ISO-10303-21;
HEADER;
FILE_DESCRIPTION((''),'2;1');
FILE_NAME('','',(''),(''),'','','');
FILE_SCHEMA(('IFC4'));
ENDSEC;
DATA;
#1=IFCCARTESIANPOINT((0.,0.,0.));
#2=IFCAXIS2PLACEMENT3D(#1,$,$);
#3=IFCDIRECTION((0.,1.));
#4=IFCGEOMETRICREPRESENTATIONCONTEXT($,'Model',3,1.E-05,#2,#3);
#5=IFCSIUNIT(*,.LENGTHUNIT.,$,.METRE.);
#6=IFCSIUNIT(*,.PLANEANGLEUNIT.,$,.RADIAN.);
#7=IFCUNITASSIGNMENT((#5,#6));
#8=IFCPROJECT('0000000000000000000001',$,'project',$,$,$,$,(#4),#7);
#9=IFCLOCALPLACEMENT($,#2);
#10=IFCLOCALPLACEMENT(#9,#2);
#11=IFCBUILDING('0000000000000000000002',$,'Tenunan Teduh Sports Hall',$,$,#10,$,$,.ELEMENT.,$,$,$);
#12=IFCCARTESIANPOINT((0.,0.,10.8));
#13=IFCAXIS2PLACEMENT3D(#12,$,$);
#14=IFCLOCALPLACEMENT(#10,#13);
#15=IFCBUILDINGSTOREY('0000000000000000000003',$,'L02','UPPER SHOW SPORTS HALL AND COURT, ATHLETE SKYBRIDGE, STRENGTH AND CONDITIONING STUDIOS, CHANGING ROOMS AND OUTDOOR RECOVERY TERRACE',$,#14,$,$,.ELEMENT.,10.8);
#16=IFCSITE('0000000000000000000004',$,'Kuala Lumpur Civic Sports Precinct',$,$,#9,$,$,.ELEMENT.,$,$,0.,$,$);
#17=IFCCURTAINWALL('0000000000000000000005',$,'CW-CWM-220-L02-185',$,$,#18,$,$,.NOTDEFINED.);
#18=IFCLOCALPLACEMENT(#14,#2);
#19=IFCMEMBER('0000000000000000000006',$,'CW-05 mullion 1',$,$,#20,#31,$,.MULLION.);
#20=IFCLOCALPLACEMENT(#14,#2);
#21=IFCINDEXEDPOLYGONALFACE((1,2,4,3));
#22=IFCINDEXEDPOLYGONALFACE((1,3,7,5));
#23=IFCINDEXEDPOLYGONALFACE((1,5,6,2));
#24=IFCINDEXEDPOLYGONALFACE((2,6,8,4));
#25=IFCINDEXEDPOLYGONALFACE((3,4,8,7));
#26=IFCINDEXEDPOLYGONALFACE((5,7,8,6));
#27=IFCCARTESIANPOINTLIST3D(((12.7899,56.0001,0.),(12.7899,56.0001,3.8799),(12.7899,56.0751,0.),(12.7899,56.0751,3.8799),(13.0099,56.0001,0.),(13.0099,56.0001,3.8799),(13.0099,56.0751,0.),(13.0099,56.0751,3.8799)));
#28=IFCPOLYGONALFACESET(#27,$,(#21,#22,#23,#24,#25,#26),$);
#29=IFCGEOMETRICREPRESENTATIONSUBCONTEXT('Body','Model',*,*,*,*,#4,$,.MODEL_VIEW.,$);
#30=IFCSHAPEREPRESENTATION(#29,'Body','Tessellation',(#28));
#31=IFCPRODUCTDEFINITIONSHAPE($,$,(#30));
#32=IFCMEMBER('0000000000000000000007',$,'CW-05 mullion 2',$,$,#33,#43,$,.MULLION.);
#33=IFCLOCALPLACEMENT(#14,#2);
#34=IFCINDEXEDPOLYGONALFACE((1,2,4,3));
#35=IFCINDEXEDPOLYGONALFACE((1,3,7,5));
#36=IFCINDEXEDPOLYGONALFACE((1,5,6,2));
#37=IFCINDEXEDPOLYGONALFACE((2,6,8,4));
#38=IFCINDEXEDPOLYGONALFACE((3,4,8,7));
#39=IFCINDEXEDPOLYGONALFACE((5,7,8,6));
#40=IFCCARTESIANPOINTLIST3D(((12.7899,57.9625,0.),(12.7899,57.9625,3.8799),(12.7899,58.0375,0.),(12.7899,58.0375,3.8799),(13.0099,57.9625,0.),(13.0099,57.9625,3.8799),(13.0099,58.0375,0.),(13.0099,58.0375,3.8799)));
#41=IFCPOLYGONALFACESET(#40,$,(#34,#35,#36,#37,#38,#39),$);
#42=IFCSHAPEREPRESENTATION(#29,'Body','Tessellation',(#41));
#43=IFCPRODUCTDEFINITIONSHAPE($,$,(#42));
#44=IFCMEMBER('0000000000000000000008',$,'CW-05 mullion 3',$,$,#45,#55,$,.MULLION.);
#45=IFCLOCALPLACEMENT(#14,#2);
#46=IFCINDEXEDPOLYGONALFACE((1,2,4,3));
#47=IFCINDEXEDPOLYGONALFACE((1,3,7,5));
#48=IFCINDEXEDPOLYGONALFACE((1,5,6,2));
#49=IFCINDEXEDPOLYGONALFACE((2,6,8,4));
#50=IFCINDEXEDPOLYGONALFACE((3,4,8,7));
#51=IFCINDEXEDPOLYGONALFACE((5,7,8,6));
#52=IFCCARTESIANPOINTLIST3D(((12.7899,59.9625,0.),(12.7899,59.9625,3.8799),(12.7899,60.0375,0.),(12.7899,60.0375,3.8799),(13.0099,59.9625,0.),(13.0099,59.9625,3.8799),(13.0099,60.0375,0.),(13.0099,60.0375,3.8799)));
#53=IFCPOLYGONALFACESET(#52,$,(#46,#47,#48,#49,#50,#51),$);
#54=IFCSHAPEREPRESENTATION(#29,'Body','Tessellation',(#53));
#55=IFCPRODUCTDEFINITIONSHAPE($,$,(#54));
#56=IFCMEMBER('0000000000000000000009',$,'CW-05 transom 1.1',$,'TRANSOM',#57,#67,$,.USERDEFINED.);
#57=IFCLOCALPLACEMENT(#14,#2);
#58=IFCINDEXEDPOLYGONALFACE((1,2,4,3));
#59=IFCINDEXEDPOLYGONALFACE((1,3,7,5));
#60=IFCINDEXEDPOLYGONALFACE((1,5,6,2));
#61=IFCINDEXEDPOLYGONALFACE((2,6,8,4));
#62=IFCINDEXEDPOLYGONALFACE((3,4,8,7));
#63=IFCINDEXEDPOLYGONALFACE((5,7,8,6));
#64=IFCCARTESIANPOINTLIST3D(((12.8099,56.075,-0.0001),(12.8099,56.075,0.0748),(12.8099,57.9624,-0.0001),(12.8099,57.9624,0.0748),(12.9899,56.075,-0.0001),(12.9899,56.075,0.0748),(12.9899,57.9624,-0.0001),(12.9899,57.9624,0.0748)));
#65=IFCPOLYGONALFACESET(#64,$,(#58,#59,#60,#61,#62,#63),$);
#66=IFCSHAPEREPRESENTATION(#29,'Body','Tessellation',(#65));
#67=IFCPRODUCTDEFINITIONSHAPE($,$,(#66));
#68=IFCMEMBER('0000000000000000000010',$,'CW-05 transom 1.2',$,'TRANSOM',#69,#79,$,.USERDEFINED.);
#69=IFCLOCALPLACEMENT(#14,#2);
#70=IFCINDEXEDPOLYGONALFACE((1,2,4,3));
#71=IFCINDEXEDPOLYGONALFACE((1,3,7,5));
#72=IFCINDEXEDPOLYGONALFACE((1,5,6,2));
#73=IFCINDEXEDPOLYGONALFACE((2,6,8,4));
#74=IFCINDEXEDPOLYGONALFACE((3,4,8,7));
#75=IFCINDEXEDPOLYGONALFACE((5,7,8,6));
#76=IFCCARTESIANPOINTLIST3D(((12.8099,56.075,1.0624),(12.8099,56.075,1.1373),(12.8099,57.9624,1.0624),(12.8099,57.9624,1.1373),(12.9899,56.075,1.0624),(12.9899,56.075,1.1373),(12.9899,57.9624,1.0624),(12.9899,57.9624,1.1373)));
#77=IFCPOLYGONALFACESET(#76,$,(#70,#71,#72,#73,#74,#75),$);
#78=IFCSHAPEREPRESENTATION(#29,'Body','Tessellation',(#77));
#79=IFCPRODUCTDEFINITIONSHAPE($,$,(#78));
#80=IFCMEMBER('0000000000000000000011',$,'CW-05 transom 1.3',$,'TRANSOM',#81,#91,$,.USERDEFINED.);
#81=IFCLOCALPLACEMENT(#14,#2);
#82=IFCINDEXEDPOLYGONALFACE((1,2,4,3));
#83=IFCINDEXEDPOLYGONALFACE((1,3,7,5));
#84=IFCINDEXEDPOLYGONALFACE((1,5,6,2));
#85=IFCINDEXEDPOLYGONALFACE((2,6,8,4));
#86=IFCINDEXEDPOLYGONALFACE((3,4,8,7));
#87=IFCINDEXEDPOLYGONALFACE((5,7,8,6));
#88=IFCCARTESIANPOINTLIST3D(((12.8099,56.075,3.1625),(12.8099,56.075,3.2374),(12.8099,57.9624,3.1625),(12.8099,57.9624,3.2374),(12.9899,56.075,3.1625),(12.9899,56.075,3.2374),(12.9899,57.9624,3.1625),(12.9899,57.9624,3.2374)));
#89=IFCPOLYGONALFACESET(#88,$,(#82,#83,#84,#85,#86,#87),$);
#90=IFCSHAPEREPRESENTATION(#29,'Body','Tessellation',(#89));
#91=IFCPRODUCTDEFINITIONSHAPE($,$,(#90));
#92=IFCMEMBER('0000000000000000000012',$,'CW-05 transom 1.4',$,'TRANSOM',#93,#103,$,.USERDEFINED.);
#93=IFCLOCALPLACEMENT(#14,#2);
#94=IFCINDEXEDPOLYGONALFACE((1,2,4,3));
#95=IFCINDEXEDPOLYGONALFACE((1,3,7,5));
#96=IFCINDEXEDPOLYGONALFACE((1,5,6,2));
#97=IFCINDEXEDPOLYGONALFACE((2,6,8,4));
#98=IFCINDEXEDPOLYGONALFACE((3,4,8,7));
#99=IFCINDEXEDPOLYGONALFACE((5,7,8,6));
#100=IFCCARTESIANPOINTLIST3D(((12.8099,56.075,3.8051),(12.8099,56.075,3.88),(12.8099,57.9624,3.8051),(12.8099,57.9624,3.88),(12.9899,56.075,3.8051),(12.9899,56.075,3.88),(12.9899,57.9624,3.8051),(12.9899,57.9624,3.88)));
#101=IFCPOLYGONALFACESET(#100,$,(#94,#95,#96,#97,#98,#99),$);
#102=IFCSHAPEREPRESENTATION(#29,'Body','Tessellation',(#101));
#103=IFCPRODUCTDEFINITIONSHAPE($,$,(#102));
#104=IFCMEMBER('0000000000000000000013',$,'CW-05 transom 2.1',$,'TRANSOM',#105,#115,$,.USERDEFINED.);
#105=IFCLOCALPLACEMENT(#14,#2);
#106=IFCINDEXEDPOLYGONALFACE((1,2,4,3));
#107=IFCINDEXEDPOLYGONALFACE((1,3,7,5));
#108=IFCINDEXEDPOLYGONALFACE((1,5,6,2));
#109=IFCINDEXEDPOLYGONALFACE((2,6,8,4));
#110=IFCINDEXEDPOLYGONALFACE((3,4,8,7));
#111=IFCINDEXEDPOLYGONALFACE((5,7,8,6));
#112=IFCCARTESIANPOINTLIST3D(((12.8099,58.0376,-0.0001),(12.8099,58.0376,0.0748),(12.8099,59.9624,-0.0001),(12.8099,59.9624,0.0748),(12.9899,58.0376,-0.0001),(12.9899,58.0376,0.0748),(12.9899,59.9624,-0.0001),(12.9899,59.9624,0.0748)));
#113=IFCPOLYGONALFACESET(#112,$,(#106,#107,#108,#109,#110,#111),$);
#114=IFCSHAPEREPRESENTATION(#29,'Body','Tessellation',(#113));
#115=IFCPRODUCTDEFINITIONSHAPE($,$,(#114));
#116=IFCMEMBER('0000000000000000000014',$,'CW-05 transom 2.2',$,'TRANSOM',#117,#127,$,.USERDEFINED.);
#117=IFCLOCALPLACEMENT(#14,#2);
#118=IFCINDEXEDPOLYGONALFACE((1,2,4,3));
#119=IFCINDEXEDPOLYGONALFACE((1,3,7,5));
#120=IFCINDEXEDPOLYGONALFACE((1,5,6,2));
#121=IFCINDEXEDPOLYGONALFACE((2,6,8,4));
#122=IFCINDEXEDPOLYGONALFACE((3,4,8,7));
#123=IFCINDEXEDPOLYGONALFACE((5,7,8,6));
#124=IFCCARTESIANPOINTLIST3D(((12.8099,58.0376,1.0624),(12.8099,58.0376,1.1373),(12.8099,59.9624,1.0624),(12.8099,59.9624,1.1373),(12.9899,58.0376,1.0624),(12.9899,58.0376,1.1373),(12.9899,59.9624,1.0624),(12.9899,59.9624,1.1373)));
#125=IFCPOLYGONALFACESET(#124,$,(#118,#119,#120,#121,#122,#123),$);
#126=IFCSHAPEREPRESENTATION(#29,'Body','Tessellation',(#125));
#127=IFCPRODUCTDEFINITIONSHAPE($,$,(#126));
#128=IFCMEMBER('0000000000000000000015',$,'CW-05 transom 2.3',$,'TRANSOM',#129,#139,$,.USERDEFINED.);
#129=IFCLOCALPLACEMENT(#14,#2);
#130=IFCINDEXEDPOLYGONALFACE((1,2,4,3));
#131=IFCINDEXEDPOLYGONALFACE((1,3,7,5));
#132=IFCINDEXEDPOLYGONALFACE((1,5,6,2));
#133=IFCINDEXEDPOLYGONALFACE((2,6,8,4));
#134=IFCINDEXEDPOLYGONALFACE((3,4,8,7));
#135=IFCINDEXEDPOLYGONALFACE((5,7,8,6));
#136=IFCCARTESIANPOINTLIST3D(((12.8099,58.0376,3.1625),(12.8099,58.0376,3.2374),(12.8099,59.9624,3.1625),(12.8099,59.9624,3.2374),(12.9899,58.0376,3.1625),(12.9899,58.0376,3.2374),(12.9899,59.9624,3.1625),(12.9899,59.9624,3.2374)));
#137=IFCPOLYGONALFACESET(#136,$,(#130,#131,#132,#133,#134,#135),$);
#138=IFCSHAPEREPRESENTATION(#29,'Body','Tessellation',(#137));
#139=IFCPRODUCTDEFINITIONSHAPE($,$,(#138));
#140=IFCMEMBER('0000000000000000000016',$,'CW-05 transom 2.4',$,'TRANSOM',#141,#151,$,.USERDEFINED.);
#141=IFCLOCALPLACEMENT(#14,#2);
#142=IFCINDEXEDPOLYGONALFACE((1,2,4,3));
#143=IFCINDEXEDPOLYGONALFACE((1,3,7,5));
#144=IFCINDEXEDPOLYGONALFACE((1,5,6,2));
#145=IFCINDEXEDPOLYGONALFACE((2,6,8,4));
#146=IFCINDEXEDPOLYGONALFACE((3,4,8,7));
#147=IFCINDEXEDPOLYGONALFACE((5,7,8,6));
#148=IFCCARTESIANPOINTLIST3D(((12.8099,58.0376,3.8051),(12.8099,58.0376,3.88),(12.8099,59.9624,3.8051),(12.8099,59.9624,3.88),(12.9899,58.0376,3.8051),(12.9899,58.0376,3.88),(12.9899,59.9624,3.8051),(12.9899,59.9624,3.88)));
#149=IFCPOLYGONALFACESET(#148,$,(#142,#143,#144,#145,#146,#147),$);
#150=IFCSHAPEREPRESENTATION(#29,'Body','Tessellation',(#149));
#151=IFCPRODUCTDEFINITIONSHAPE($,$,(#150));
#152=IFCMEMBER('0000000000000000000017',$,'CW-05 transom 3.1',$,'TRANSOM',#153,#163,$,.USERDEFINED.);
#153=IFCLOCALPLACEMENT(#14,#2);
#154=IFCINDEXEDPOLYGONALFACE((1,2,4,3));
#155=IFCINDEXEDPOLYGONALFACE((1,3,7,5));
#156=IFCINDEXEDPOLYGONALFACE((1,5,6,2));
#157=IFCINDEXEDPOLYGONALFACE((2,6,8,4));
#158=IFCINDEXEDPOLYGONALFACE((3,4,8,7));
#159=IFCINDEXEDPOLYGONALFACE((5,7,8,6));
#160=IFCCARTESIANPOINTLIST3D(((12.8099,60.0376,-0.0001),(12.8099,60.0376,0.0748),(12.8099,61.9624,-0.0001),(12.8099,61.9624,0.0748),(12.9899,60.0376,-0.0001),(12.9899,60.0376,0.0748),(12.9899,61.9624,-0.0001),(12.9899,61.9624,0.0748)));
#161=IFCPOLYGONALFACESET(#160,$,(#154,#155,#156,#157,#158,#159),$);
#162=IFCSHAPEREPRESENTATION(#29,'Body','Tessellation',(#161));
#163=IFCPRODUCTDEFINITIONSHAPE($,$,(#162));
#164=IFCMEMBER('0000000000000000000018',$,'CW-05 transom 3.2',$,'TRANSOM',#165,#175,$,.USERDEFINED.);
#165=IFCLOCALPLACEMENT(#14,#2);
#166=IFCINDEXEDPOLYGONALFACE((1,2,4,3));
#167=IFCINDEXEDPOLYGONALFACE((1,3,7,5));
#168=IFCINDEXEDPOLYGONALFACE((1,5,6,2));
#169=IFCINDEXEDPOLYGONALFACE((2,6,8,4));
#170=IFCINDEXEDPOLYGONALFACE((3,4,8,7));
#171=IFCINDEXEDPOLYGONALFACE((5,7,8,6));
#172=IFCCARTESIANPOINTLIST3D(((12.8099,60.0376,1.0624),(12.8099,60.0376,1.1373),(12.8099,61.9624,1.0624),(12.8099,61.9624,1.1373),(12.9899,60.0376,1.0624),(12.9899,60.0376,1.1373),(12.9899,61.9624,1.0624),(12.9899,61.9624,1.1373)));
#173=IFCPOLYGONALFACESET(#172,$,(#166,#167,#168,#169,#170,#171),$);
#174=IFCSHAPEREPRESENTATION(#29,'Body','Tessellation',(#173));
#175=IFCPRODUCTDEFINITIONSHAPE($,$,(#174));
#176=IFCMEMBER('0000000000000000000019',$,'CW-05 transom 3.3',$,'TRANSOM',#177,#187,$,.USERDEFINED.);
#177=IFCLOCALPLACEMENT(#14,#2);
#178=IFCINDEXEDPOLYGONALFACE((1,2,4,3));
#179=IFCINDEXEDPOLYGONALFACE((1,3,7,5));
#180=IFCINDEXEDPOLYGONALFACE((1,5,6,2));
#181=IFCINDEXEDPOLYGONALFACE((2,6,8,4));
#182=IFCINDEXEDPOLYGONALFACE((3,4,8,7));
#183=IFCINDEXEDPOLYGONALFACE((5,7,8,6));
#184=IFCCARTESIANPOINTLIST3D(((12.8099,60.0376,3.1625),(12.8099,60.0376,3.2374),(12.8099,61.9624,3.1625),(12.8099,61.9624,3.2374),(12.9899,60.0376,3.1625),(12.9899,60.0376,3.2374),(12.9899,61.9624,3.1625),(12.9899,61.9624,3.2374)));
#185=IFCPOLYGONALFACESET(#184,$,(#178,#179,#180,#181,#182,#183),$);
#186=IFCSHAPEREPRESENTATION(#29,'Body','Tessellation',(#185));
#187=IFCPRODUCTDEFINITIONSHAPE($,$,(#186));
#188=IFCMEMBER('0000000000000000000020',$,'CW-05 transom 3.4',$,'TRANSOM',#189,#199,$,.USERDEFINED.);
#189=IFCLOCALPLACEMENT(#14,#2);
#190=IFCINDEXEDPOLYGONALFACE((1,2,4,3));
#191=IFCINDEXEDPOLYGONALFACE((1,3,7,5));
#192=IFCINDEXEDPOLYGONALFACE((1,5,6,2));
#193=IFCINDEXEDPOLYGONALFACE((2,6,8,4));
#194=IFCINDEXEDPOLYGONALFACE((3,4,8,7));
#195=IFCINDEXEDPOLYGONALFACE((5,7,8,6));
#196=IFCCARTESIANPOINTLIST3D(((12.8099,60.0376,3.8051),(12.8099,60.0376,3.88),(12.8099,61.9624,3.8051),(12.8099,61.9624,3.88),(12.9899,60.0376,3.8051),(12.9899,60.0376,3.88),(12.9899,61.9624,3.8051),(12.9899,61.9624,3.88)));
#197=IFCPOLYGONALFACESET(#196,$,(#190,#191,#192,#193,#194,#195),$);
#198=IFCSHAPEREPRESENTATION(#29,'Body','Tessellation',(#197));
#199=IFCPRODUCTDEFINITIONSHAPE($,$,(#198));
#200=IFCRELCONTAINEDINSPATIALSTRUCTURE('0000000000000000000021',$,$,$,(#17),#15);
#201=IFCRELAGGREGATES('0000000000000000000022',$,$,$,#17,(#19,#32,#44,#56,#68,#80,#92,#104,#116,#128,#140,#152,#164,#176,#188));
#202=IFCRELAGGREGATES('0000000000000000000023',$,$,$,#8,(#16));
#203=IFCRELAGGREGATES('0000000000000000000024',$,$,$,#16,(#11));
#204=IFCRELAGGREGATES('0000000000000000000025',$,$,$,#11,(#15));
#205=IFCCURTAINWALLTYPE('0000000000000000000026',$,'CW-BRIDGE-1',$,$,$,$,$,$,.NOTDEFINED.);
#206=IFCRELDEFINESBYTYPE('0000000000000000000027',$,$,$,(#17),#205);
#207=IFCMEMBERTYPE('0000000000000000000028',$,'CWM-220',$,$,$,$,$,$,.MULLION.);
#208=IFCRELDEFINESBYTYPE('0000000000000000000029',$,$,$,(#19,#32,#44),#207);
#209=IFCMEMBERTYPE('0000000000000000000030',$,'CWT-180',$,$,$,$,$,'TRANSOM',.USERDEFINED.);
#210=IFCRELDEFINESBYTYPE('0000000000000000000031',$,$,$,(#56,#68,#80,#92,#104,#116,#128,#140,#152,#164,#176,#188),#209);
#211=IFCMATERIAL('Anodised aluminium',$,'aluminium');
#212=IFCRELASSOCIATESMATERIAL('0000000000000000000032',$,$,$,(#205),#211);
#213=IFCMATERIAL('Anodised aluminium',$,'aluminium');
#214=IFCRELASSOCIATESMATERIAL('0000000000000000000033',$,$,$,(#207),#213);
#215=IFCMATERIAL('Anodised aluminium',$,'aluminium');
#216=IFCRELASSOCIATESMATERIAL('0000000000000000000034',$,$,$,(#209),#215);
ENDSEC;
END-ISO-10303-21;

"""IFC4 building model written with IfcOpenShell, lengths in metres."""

from ifc_helpers import new_model, si_unit, direction, frame, origin, origin_2d, place, context, subcontext, project, spatial, rectangle, extrude, material, material_profile, profile_set, type_object, element, aggregate, save


model = new_model("IFC4")

# Units and contexts
model_context = context("Model", 3, precision=1e-05, world=origin(), true_north=direction((0.0, 1.0)))
body_context = subcontext(model_context, "Body", "Model", "MODEL_VIEW")
ifc_project = project(units=[si_unit("LENGTHUNIT", "METRE"), si_unit("PLANEANGLEUNIT", "RADIAN")], contexts=[model_context])

# Site, building, storey
site_placement = place(None, origin())
site = spatial("IfcSite", under=ifc_project, at=site_placement, Name="Kuala Lumpur Civic Sports Precinct", CompositionType="ELEMENT", RefElevation=0.0)
building_placement = place(site_placement, origin())
building = spatial("IfcBuilding", under=site, at=building_placement, Name="Tenunan Teduh Sports Hall", CompositionType="ELEMENT")
storey_placement = place(building_placement, frame((0.0, 0.0, 10.8)))
storey = spatial("IfcBuildingStorey", under=building, at=storey_placement, Name="L02", Description="UPPER SHOW SPORTS HALL AND COURT, ATHLETE SKYBRIDGE, STRENGTH AND CONDITIONING STUDIOS, CHANGING ROOMS AND OUTDOOR RECOVERY TERRACE", CompositionType="ELEMENT", Elevation=10.8)

# Curtain wall, members
ifc_material_1 = material(Name="Anodised aluminium", Category="aluminium")
curtain_wall_type = type_object("IfcCurtainWallType", Name="CW-BRIDGE-1", PredefinedType="NOTDEFINED", material=ifc_material_1)
curtain_wall_placement = place(storey_placement, origin())
curtain_wall = element("IfcCurtainWall", 1, at=curtain_wall_placement, inside=storey, type_object=curtain_wall_type, Name="CW-CWM-220-L02-185", PredefinedType="NOTDEFINED")
ifc_material_2 = material(Name="Anodised aluminium", Category="aluminium")
ifc_material_profile_1 = material_profile(ifc_material_2, rectangle(XDim=0.075, YDim=0.22, at=origin_2d()), Name="CWM 75x220")
ifc_profile_set_1 = profile_set([ifc_material_profile_1], Name="Anodised aluminium")
member_type_1 = type_object("IfcMemberType", Name="CWM-220", PredefinedType="MULLION", material=ifc_profile_set_1)
member_1_placement = place(storey_placement, frame((12.8999, 56.0376, 0.0), z_axis=(0.0, 0.0, 1.0), x_axis=(0.0, 1.0, 0.0)))
member_1 = element("IfcMember", 2, at=member_1_placement, type_object=member_type_1, Name="CW-05 mullion 1", PredefinedType="MULLION", context=body_context, shape_type="SweptSolid", body=[
    extrude(rectangle(XDim=0.075, YDim=0.22, at=origin_2d()), origin(), (0.0, 0.0, 1.0), 3.8799),
])
member_2_placement = place(storey_placement, frame((12.8999, 58.0, 0.0), z_axis=(0.0, 0.0, 1.0), x_axis=(0.0, 1.0, 0.0)))
member_2 = element("IfcMember", 3, at=member_2_placement, type_object=member_type_1, Name="CW-05 mullion 2", PredefinedType="MULLION", context=body_context, shape_type="SweptSolid", body=[
    extrude(rectangle(XDim=0.075, YDim=0.22, at=origin_2d()), origin(), (0.0, 0.0, 1.0), 3.8799),
])
member_3_placement = place(storey_placement, frame((12.8999, 60.0, 0.0), z_axis=(0.0, 0.0, 1.0), x_axis=(0.0, 1.0, 0.0)))
member_3 = element("IfcMember", 4, at=member_3_placement, type_object=member_type_1, Name="CW-05 mullion 3", PredefinedType="MULLION", context=body_context, shape_type="SweptSolid", body=[
    extrude(rectangle(XDim=0.075, YDim=0.22, at=origin_2d()), origin(), (0.0, 0.0, 1.0), 3.8799),
])
ifc_material_3 = material(Name="Anodised aluminium", Category="aluminium")
ifc_material_profile_2 = material_profile(ifc_material_3, rectangle(XDim=0.075, YDim=0.1799, at=origin_2d()), Name="CWT 75x180")
ifc_profile_set_2 = profile_set([ifc_material_profile_2], Name="Anodised aluminium")
member_type_2 = type_object("IfcMemberType", Name="CWT-180", ElementType="TRANSOM", PredefinedType="USERDEFINED", material=ifc_profile_set_2)
member_4_placement = place(storey_placement, frame((12.8999, 56.075, 0.0374), z_axis=(0.0, 1.0, 0.0), x_axis=(0.0, 0.0, 1.0)))
member_4 = element("IfcMember", 5, at=member_4_placement, type_object=member_type_2, Name="CW-05 transom 1.1", ObjectType="TRANSOM", PredefinedType="USERDEFINED", context=body_context, shape_type="SweptSolid", body=[
    extrude(rectangle(XDim=0.075, YDim=0.1799, at=origin_2d()), origin(), (0.0, 0.0, 1.0), 1.8875),
])
member_5_placement = place(storey_placement, frame((12.8999, 56.075, 1.0999), z_axis=(0.0, 1.0, 0.0), x_axis=(0.0, 0.0, 1.0)))
member_5 = element("IfcMember", 6, at=member_5_placement, type_object=member_type_2, Name="CW-05 transom 1.2", ObjectType="TRANSOM", PredefinedType="USERDEFINED", context=body_context, shape_type="SweptSolid", body=[
    extrude(rectangle(XDim=0.075, YDim=0.1799, at=origin_2d()), origin(), (0.0, 0.0, 1.0), 1.8875),
])
member_6_placement = place(storey_placement, frame((12.8999, 56.075, 3.2), z_axis=(0.0, 1.0, 0.0), x_axis=(0.0, 0.0, 1.0)))
member_6 = element("IfcMember", 7, at=member_6_placement, type_object=member_type_2, Name="CW-05 transom 1.3", ObjectType="TRANSOM", PredefinedType="USERDEFINED", context=body_context, shape_type="SweptSolid", body=[
    extrude(rectangle(XDim=0.075, YDim=0.1799, at=origin_2d()), origin(), (0.0, 0.0, 1.0), 1.8875),
])
member_7_placement = place(storey_placement, frame((12.8999, 56.075, 3.8425), z_axis=(0.0, 1.0, 0.0), x_axis=(0.0, 0.0, 1.0)))
member_7 = element("IfcMember", 8, at=member_7_placement, type_object=member_type_2, Name="CW-05 transom 1.4", ObjectType="TRANSOM", PredefinedType="USERDEFINED", context=body_context, shape_type="SweptSolid", body=[
    extrude(rectangle(XDim=0.075, YDim=0.1799, at=origin_2d()), origin(), (0.0, 0.0, 1.0), 1.8875),
])
member_8_placement = place(storey_placement, frame((12.8999, 58.0376, 0.0374), z_axis=(0.0, 1.0, 0.0), x_axis=(0.0, 0.0, 1.0)))
member_8 = element("IfcMember", 9, at=member_8_placement, type_object=member_type_2, Name="CW-05 transom 2.1", ObjectType="TRANSOM", PredefinedType="USERDEFINED", context=body_context, shape_type="SweptSolid", body=[
    extrude(rectangle(XDim=0.075, YDim=0.1799, at=origin_2d()), origin(), (0.0, 0.0, 1.0), 1.9248),
])
member_9_placement = place(storey_placement, frame((12.8999, 58.0376, 1.0999), z_axis=(0.0, 1.0, 0.0), x_axis=(0.0, 0.0, 1.0)))
member_9 = element("IfcMember", 10, at=member_9_placement, type_object=member_type_2, Name="CW-05 transom 2.2", ObjectType="TRANSOM", PredefinedType="USERDEFINED", context=body_context, shape_type="SweptSolid", body=[
    extrude(rectangle(XDim=0.075, YDim=0.1799, at=origin_2d()), origin(), (0.0, 0.0, 1.0), 1.9248),
])
member_10_placement = place(storey_placement, frame((12.8999, 58.0376, 3.2), z_axis=(0.0, 1.0, 0.0), x_axis=(0.0, 0.0, 1.0)))
member_10 = element("IfcMember", 11, at=member_10_placement, type_object=member_type_2, Name="CW-05 transom 2.3", ObjectType="TRANSOM", PredefinedType="USERDEFINED", context=body_context, shape_type="SweptSolid", body=[
    extrude(rectangle(XDim=0.075, YDim=0.1799, at=origin_2d()), origin(), (0.0, 0.0, 1.0), 1.9248),
])
member_11_placement = place(storey_placement, frame((12.8999, 58.0376, 3.8425), z_axis=(0.0, 1.0, 0.0), x_axis=(0.0, 0.0, 1.0)))
member_11 = element("IfcMember", 12, at=member_11_placement, type_object=member_type_2, Name="CW-05 transom 2.4", ObjectType="TRANSOM", PredefinedType="USERDEFINED", context=body_context, shape_type="SweptSolid", body=[
    extrude(rectangle(XDim=0.075, YDim=0.1799, at=origin_2d()), origin(), (0.0, 0.0, 1.0), 1.9248),
])
member_12_placement = place(storey_placement, frame((12.8999, 60.0376, 0.0374), z_axis=(0.0, 1.0, 0.0), x_axis=(0.0, 0.0, 1.0)))
member_12 = element("IfcMember", 13, at=member_12_placement, type_object=member_type_2, Name="CW-05 transom 3.1", ObjectType="TRANSOM", PredefinedType="USERDEFINED", context=body_context, shape_type="SweptSolid", body=[
    extrude(rectangle(XDim=0.075, YDim=0.1799, at=origin_2d()), origin(), (0.0, 0.0, 1.0), 1.9248),
])
member_13_placement = place(storey_placement, frame((12.8999, 60.0376, 1.0999), z_axis=(0.0, 1.0, 0.0), x_axis=(0.0, 0.0, 1.0)))
member_13 = element("IfcMember", 14, at=member_13_placement, type_object=member_type_2, Name="CW-05 transom 3.2", ObjectType="TRANSOM", PredefinedType="USERDEFINED", context=body_context, shape_type="SweptSolid", body=[
    extrude(rectangle(XDim=0.075, YDim=0.1799, at=origin_2d()), origin(), (0.0, 0.0, 1.0), 1.9248),
])
member_14_placement = place(storey_placement, frame((12.8999, 60.0376, 3.2), z_axis=(0.0, 1.0, 0.0), x_axis=(0.0, 0.0, 1.0)))
member_14 = element("IfcMember", 15, at=member_14_placement, type_object=member_type_2, Name="CW-05 transom 3.3", ObjectType="TRANSOM", PredefinedType="USERDEFINED", context=body_context, shape_type="SweptSolid", body=[
    extrude(rectangle(XDim=0.075, YDim=0.1799, at=origin_2d()), origin(), (0.0, 0.0, 1.0), 1.9248),
])
member_15_placement = place(storey_placement, frame((12.8999, 60.0376, 3.8425), z_axis=(0.0, 1.0, 0.0), x_axis=(0.0, 0.0, 1.0)))
member_15 = element("IfcMember", 16, at=member_15_placement, type_object=member_type_2, Name="CW-05 transom 3.4", ObjectType="TRANSOM", PredefinedType="USERDEFINED", context=body_context, shape_type="SweptSolid", body=[
    extrude(rectangle(XDim=0.075, YDim=0.1799, at=origin_2d()), origin(), (0.0, 0.0, 1.0), 1.9248),
])
aggregate(curtain_wall, [member_1, member_2, member_3, member_4, member_5, member_6, member_7, member_8, member_9, member_10, member_11, member_12, member_13, member_14, member_15])

save(model, "model.ifc")
